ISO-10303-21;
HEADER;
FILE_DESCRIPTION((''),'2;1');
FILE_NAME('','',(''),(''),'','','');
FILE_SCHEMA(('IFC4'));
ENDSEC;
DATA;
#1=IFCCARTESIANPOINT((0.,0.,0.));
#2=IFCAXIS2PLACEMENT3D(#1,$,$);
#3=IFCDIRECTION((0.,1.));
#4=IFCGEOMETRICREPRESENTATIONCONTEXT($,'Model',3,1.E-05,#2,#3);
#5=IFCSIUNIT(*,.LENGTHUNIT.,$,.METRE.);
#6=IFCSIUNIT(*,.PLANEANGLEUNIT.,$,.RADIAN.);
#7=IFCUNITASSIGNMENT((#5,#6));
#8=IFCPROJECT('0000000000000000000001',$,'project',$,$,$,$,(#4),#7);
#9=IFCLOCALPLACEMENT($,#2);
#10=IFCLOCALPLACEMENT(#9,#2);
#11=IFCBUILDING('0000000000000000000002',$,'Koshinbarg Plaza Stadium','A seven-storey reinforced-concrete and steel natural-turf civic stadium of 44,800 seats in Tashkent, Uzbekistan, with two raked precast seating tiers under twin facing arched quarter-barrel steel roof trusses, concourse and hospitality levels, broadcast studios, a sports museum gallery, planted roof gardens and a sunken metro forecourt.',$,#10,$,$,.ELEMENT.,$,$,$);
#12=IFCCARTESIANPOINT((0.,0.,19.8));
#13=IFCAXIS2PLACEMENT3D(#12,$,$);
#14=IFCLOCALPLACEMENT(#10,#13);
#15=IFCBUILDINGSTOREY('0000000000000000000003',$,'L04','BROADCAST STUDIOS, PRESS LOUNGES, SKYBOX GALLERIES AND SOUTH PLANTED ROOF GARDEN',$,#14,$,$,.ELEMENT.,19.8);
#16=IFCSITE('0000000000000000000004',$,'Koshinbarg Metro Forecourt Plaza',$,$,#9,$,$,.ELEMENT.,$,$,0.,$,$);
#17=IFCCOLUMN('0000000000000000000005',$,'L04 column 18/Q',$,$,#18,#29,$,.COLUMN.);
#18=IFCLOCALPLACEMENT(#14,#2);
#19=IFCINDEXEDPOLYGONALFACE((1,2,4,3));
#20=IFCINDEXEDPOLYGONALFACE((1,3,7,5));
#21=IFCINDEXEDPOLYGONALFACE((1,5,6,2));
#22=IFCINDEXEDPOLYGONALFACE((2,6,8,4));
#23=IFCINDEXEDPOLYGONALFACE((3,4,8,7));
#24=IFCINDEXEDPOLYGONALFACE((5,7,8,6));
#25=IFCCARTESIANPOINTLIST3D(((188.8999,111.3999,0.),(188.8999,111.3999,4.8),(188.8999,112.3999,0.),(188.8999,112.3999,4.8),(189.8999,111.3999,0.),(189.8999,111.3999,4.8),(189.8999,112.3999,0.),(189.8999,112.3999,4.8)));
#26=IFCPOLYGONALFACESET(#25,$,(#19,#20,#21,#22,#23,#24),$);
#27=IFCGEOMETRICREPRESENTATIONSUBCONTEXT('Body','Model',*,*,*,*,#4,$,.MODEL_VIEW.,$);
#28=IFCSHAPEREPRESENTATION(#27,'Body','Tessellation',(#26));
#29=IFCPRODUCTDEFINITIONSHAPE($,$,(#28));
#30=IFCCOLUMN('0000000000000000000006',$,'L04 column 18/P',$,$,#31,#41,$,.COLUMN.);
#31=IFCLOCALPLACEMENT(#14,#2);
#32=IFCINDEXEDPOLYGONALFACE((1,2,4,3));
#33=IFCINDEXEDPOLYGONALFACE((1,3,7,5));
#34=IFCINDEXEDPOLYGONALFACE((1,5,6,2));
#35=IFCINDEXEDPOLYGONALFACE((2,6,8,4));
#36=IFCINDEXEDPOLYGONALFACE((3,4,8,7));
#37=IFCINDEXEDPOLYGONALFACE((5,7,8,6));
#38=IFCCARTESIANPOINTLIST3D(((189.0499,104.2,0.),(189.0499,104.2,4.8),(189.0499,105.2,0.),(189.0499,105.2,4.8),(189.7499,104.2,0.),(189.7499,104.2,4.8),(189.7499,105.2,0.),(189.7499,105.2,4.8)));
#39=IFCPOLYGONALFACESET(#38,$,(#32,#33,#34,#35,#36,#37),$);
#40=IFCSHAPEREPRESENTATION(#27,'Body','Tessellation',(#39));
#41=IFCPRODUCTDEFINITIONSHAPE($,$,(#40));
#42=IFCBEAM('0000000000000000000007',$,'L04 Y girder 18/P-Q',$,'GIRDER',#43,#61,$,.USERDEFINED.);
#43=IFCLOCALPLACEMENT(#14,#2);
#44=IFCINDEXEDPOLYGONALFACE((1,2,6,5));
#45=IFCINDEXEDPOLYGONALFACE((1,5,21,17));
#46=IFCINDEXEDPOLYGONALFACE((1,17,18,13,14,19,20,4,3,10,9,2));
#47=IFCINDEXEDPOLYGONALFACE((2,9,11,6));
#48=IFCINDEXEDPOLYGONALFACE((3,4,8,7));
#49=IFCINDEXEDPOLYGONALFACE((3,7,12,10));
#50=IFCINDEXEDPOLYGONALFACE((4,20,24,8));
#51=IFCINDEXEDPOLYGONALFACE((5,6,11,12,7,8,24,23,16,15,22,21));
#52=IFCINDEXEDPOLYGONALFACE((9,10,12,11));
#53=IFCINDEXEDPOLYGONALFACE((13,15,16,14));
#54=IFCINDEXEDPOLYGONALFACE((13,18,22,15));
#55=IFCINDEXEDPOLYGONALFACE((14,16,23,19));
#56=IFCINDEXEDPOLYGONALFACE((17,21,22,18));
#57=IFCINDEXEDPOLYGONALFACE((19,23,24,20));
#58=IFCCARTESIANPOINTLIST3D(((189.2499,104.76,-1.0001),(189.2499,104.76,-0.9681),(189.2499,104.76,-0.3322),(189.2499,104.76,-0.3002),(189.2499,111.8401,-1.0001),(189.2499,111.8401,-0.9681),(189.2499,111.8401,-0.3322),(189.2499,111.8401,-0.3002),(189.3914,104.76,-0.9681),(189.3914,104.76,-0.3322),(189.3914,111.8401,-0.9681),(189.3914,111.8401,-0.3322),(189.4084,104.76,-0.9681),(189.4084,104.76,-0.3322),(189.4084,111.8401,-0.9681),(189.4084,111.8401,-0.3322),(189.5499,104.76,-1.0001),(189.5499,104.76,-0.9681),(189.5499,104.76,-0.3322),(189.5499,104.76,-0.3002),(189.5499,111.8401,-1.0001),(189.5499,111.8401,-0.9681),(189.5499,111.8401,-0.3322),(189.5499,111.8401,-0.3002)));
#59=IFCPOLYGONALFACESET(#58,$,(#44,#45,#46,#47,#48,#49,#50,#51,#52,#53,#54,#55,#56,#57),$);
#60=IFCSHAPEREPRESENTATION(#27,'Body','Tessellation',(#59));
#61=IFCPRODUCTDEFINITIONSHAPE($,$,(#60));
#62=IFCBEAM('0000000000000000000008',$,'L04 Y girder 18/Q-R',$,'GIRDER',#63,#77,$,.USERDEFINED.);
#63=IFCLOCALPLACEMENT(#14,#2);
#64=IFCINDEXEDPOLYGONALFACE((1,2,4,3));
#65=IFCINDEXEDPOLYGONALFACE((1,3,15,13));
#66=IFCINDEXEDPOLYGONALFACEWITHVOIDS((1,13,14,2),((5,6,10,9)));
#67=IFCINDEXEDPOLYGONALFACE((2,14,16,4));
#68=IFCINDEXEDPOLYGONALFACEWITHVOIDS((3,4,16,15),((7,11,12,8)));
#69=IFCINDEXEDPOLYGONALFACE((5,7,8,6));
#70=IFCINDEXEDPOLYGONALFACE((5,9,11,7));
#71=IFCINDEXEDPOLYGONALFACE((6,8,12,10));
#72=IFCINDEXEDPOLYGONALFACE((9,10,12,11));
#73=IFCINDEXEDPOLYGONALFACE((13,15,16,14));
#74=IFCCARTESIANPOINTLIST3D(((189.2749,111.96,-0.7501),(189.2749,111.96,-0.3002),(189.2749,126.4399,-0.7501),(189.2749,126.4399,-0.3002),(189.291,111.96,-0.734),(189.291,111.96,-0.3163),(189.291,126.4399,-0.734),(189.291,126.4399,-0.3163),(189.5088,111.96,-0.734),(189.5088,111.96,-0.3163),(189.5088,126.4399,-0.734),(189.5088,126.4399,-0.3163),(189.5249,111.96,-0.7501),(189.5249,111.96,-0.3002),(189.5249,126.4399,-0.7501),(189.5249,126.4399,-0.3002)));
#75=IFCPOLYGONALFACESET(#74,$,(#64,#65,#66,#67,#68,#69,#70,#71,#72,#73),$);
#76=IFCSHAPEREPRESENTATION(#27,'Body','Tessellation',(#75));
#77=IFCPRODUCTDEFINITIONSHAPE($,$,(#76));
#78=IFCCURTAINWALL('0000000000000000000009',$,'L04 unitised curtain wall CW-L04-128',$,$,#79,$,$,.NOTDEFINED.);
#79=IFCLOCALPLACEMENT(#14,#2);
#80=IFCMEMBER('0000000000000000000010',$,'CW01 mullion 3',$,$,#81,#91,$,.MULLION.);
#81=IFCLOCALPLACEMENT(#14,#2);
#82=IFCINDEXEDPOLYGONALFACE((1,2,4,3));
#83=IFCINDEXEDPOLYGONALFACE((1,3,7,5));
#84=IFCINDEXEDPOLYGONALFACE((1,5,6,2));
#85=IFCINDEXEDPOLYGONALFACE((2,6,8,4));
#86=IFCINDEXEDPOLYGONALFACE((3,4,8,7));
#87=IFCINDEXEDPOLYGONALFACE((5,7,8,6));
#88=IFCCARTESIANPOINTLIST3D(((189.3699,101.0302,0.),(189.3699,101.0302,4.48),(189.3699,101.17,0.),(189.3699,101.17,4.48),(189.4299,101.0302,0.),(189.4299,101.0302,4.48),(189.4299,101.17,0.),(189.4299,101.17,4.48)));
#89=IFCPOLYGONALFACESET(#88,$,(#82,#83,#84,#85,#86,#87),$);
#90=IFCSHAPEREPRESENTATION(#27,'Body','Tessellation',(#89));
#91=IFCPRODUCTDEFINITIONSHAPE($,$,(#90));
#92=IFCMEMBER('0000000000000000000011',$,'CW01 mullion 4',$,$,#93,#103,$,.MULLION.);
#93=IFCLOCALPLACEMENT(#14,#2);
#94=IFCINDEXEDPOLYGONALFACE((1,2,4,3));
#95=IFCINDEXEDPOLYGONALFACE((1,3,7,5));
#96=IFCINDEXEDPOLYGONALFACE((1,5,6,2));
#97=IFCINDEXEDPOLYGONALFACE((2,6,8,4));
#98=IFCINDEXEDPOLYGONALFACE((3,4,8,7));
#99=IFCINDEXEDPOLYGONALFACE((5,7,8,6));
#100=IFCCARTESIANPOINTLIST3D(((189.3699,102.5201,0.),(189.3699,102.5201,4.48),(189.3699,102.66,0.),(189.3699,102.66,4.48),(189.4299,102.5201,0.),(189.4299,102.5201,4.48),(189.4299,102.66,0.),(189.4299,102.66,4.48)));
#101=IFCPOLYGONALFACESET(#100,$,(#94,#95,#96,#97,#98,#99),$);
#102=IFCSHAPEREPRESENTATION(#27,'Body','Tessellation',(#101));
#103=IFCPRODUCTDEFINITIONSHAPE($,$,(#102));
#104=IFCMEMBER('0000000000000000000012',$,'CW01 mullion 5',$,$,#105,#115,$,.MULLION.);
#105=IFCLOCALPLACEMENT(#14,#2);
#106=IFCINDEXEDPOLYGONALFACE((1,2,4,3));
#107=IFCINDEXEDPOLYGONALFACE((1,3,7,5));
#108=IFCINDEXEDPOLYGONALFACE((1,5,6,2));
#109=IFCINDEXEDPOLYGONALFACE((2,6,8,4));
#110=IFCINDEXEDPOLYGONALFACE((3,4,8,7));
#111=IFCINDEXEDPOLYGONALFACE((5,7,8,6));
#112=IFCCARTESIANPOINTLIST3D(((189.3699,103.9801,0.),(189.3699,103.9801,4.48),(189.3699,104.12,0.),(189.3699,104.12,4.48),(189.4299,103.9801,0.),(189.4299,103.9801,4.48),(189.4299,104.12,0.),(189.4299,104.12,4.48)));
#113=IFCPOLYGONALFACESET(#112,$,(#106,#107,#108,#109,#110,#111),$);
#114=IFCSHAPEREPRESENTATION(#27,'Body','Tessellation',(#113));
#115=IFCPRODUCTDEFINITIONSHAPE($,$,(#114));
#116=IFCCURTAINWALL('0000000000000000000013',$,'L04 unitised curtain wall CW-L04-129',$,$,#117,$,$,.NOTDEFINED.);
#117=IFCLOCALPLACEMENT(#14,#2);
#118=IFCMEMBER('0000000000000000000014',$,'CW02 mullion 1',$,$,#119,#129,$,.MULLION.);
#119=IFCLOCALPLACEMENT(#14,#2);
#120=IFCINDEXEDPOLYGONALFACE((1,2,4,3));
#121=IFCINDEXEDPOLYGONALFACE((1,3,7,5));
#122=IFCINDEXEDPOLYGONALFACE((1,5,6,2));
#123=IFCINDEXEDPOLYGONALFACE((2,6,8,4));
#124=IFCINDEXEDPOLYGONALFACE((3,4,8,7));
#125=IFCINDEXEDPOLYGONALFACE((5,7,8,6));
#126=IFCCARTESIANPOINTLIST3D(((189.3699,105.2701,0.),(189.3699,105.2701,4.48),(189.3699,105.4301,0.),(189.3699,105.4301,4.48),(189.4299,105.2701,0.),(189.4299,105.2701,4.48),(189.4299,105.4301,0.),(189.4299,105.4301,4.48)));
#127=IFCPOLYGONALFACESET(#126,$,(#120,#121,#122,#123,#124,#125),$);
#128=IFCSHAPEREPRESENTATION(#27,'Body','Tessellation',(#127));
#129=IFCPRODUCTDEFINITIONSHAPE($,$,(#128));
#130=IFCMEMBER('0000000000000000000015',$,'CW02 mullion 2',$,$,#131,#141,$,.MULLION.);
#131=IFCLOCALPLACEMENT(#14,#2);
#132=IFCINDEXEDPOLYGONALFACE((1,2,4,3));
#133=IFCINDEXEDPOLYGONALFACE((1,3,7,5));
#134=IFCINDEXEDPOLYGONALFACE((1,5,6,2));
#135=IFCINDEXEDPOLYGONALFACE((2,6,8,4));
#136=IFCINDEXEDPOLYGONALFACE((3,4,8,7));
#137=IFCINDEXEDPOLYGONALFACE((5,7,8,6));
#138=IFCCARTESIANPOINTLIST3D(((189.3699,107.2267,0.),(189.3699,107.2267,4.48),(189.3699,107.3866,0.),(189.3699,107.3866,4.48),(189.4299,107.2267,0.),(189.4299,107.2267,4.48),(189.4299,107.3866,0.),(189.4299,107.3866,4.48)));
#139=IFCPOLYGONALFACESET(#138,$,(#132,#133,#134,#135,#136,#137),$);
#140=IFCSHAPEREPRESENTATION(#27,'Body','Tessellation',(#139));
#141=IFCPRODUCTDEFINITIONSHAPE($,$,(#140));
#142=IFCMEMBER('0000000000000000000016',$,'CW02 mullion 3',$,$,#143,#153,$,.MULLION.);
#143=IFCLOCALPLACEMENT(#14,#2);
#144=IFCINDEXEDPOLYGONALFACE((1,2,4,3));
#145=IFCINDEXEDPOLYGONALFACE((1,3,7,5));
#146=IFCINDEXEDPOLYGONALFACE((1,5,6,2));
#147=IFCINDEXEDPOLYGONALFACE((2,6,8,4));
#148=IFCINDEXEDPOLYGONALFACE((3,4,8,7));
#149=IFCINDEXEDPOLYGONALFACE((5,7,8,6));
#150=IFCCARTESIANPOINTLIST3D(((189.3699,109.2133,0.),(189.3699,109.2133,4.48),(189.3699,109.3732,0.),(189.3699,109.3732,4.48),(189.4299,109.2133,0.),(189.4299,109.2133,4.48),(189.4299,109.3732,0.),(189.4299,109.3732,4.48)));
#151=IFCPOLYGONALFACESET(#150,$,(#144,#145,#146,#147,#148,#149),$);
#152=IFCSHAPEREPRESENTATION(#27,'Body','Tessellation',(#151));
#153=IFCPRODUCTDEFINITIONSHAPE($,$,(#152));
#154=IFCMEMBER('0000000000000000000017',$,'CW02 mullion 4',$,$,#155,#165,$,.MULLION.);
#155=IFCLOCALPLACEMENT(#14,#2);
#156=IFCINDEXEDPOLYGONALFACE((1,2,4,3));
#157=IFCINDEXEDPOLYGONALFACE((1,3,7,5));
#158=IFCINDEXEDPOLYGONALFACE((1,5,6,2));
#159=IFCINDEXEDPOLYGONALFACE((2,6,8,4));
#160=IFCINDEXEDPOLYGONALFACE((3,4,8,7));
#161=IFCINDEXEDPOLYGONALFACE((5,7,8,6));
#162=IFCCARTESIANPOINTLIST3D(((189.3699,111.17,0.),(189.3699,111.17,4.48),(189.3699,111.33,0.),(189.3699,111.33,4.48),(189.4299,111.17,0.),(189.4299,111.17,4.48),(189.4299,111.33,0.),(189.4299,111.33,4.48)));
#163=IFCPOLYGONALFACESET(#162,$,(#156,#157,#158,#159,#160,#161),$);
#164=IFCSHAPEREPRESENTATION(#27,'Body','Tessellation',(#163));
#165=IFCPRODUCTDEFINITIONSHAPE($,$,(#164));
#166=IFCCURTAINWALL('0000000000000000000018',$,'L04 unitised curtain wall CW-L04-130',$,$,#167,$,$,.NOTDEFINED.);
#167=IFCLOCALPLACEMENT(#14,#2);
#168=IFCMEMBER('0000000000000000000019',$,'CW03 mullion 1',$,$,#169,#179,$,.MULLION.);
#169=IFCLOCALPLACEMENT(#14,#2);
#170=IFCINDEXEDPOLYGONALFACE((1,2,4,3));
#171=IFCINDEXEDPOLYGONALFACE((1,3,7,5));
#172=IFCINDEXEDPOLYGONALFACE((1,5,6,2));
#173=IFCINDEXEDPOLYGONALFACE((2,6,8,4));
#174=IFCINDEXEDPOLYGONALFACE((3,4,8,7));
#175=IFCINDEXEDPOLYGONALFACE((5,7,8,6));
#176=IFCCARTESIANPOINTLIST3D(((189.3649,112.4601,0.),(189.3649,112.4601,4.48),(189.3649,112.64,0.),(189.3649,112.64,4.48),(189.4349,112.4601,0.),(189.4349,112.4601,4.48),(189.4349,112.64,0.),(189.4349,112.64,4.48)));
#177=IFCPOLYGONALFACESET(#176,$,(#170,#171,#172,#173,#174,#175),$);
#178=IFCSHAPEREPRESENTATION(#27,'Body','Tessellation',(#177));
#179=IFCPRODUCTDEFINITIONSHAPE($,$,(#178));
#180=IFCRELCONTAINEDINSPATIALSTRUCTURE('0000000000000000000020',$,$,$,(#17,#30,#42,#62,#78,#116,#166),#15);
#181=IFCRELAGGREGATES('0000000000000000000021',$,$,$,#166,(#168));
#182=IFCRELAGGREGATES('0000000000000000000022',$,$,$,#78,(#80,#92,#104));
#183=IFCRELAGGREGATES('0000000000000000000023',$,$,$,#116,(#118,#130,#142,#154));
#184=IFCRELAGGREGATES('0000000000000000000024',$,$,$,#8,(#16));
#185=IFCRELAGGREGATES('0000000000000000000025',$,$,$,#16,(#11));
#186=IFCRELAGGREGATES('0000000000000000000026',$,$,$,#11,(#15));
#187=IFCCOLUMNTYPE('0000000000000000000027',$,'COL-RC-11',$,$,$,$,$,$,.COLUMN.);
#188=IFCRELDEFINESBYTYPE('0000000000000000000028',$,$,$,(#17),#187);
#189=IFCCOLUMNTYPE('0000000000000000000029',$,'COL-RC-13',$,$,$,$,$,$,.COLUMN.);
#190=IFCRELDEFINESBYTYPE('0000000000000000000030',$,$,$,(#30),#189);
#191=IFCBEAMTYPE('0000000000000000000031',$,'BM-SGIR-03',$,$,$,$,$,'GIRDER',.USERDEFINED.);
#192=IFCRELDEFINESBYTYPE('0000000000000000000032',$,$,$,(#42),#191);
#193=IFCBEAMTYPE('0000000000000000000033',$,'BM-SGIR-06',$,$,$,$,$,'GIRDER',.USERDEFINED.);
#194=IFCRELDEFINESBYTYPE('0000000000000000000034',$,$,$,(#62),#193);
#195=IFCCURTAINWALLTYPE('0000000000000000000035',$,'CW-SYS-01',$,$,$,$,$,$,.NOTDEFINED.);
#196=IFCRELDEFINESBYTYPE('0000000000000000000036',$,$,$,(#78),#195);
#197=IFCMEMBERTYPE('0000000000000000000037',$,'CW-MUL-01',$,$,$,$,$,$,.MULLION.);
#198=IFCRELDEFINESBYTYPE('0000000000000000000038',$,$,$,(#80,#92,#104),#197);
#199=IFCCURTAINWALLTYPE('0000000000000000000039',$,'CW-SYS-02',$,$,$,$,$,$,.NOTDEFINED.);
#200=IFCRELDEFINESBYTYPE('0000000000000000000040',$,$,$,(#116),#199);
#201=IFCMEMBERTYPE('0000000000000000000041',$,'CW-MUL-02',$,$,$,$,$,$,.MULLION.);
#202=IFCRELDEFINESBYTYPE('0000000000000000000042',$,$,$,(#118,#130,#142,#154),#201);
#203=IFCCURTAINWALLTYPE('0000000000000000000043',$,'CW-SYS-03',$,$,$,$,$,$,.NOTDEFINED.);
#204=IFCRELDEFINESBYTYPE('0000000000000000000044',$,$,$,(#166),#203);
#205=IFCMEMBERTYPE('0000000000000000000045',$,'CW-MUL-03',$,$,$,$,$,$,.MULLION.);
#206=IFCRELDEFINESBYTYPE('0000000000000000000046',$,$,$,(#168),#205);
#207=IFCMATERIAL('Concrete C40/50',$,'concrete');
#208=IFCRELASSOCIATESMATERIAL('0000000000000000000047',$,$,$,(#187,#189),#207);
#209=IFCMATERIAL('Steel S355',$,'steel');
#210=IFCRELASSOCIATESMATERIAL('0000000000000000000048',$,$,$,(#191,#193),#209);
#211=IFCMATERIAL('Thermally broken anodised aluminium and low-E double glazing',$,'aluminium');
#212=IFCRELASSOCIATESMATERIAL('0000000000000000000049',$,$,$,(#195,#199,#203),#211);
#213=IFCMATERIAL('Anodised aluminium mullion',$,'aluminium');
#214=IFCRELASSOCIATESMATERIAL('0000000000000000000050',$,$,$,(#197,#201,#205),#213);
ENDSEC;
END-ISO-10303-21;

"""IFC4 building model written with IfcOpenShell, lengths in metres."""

from ifc_helpers import new_model, si_unit, direction, frame, origin, origin_2d, place, context, subcontext, project, spatial, rectangle, hollow_rectangle, i_section, extrude, material, material_profile, profile_set, type_object, element, aggregate, save


model = new_model("IFC4")

# Units and contexts
model_context = context("Model", 3, precision=1e-05, world=origin(), true_north=direction((0.0, 1.0)))
body_context = subcontext(model_context, "Body", "Model", "MODEL_VIEW")
ifc_project = project(units=[si_unit("LENGTHUNIT", "METRE"), si_unit("PLANEANGLEUNIT", "RADIAN")], contexts=[model_context])

# Site, building, storey
site_placement = place(None, origin())
site = spatial("IfcSite", under=ifc_project, at=site_placement, Name="Koshinbarg Metro Forecourt Plaza", CompositionType="ELEMENT", RefElevation=0.0)
building_placement = place(site_placement, origin())
building = spatial("IfcBuilding", under=site, at=building_placement, Name="Koshinbarg Plaza Stadium", Description="A seven-storey reinforced-concrete and steel natural-turf civic stadium of 44,800 seats in Tashkent, Uzbekistan, with two raked precast seating tiers under twin facing arched quarter-barrel steel roof trusses, concourse and hospitality levels, broadcast studios, a sports museum gallery, planted roof gardens and a sunken metro forecourt.", CompositionType="ELEMENT")
storey_placement = place(building_placement, frame((0.0, 0.0, 19.8)))
storey = spatial("IfcBuildingStorey", under=building, at=storey_placement, Name="L04", Description="BROADCAST STUDIOS, PRESS LOUNGES, SKYBOX GALLERIES AND SOUTH PLANTED ROOF GARDEN", CompositionType="ELEMENT", Elevation=19.8)

# Columns
ifc_material_1 = material(Name="Concrete C40/50", Category="concrete")
ifc_material_profile_1 = material_profile(ifc_material_1, rectangle(XDim=1.0, YDim=1.0, at=origin_2d()), Name="RC 1000x1000")
ifc_profile_set_1 = profile_set([ifc_material_profile_1], Name="Concrete C40/50")
column_type_1 = type_object("IfcColumnType", Name="COL-RC-11", PredefinedType="COLUMN", material=ifc_profile_set_1)
column_1_placement = place(storey_placement, frame((189.3999, 111.8999, 0.0), z_axis=(0.0, 0.0, 1.0), x_axis=(1.0, 0.0, 0.0)))
element("IfcColumn", 1, at=column_1_placement, inside=storey, type_object=column_type_1, Name="L04 column 18/Q", PredefinedType="COLUMN", context=body_context, shape_type="SweptSolid", body=[
    extrude(rectangle(XDim=1.0, YDim=1.0, at=origin_2d()), origin(), (0.0, 0.0, 1.0), 4.8),
])
ifc_material_profile_2 = material_profile(ifc_material_1, rectangle(XDim=0.7, YDim=1.0, at=origin_2d()), Name="RC 700x1000")
ifc_profile_set_2 = profile_set([ifc_material_profile_2], Name="Concrete C40/50")
column_type_2 = type_object("IfcColumnType", Name="COL-RC-13", PredefinedType="COLUMN", material=ifc_profile_set_2)
column_2_placement = place(storey_placement, frame((189.3999, 104.7, 0.0), z_axis=(0.0, 0.0, 1.0), x_axis=(1.0, 0.0, 0.0)))
element("IfcColumn", 2, at=column_2_placement, inside=storey, type_object=column_type_2, Name="L04 column 18/P", PredefinedType="COLUMN", context=body_context, shape_type="SweptSolid", body=[
    extrude(rectangle(XDim=0.7, YDim=1.0, at=origin_2d()), origin(), (0.0, 0.0, 1.0), 4.8),
])

# Beams
ifc_material_2 = material(Name="Steel S355", Category="steel")
ifc_material_profile_3 = material_profile(ifc_material_2, i_section(OverallWidth=0.3, OverallDepth=0.7, WebThickness=0.0171, FlangeThickness=0.032, at=origin_2d()), Name="HEB 700")
ifc_profile_set_3 = profile_set([ifc_material_profile_3], Name="Steel S355")
beam_type_1 = type_object("IfcBeamType", Name="BM-SGIR-03", ElementType="GIRDER", PredefinedType="USERDEFINED", material=ifc_profile_set_3)
beam_1_placement = place(storey_placement, frame((189.3999, 104.76, -0.6501), z_axis=(0.0, 1.0, 0.0), x_axis=(-1.0, 0.0, 0.0)))
element("IfcBeam", 3, at=beam_1_placement, inside=storey, type_object=beam_type_1, Name="L04 Y girder 18/P-Q", ObjectType="GIRDER", PredefinedType="USERDEFINED", context=body_context, shape_type="SweptSolid", body=[
    extrude(i_section(OverallWidth=0.3, OverallDepth=0.7, WebThickness=0.0171, FlangeThickness=0.032, at=origin_2d()), origin(), (0.0, 0.0, 1.0), 7.0801),
])
ifc_material_profile_4 = material_profile(ifc_material_2, hollow_rectangle(XDim=0.25, YDim=0.45, WallThickness=0.0161, at=origin_2d()), Name="RHS 450x250x16")
ifc_profile_set_4 = profile_set([ifc_material_profile_4], Name="Steel S355")
beam_type_2 = type_object("IfcBeamType", Name="BM-SGIR-06", ElementType="GIRDER", PredefinedType="USERDEFINED", material=ifc_profile_set_4)
beam_2_placement = place(storey_placement, frame((189.3999, 111.96, -0.5251), z_axis=(0.0, 1.0, 0.0), x_axis=(-1.0, 0.0, 0.0)))
element("IfcBeam", 4, at=beam_2_placement, inside=storey, type_object=beam_type_2, Name="L04 Y girder 18/Q-R", ObjectType="GIRDER", PredefinedType="USERDEFINED", context=body_context, shape_type="SweptSolid", body=[
    extrude(hollow_rectangle(XDim=0.25, YDim=0.45, WallThickness=0.0161, at=origin_2d()), origin(), (0.0, 0.0, 1.0), 14.48),
])

# Curtain walls, members
ifc_material_3 = material(Name="Thermally broken anodised aluminium and low-E double glazing", Category="aluminium")
curtain_wall_type_1 = type_object("IfcCurtainWallType", Name="CW-SYS-01", PredefinedType="NOTDEFINED", material=ifc_material_3)
curtain_wall_1_placement = place(storey_placement, origin())
curtain_wall_1 = element("IfcCurtainWall", 5, at=curtain_wall_1_placement, inside=storey, type_object=curtain_wall_type_1, Name="L04 unitised curtain wall CW-L04-128", PredefinedType="NOTDEFINED")
ifc_material_4 = material(Name="Anodised aluminium mullion", Category="aluminium")
ifc_material_profile_5 = material_profile(ifc_material_4, rectangle(XDim=0.0601, YDim=0.1399, at=origin_2d()), Name="ALU 60x140")
ifc_profile_set_5 = profile_set([ifc_material_profile_5], Name="Anodised aluminium mullion")
member_type_1 = type_object("IfcMemberType", Name="CW-MUL-01", PredefinedType="MULLION", material=ifc_profile_set_5)
member_1_placement = place(storey_placement, frame((189.3999, 101.1001, 0.0), z_axis=(0.0, 0.0, 1.0), x_axis=(-1.0, 0.0, 0.0)))
member_1 = element("IfcMember", 6, at=member_1_placement, type_object=member_type_1, Name="CW01 mullion 3", PredefinedType="MULLION", context=body_context, shape_type="SweptSolid", body=[
    extrude(rectangle(XDim=0.0601, YDim=0.1399, at=origin_2d()), origin(), (0.0, 0.0, 1.0), 4.48),
])
member_2_placement = place(storey_placement, frame((189.3999, 102.5901, 0.0), z_axis=(0.0, 0.0, 1.0), x_axis=(-1.0, 0.0, 0.0)))
member_2 = element("IfcMember", 7, at=member_2_placement, type_object=member_type_1, Name="CW01 mullion 4", PredefinedType="MULLION", context=body_context, shape_type="SweptSolid", body=[
    extrude(rectangle(XDim=0.0601, YDim=0.1399, at=origin_2d()), origin(), (0.0, 0.0, 1.0), 4.48),
])
member_3_placement = place(storey_placement, frame((189.3999, 104.05, 0.0), z_axis=(0.0, 0.0, 1.0), x_axis=(-1.0, 0.0, 0.0)))
member_3 = element("IfcMember", 8, at=member_3_placement, type_object=member_type_1, Name="CW01 mullion 5", PredefinedType="MULLION", context=body_context, shape_type="SweptSolid", body=[
    extrude(rectangle(XDim=0.0601, YDim=0.1399, at=origin_2d()), origin(), (0.0, 0.0, 1.0), 4.48),
])
curtain_wall_type_2 = type_object("IfcCurtainWallType", Name="CW-SYS-02", PredefinedType="NOTDEFINED", material=ifc_material_3)
curtain_wall_2_placement = place(storey_placement, origin())
curtain_wall_2 = element("IfcCurtainWall", 9, at=curtain_wall_2_placement, inside=storey, type_object=curtain_wall_type_2, Name="L04 unitised curtain wall CW-L04-129", PredefinedType="NOTDEFINED")
ifc_material_profile_6 = material_profile(ifc_material_4, rectangle(XDim=0.0601, YDim=0.1599, at=origin_2d()), Name="ALU 60x160")
ifc_profile_set_6 = profile_set([ifc_material_profile_6], Name="Anodised aluminium mullion")
member_type_2 = type_object("IfcMemberType", Name="CW-MUL-02", PredefinedType="MULLION", material=ifc_profile_set_6)
member_4_placement = place(storey_placement, frame((189.3999, 105.3501, 0.0), z_axis=(0.0, 0.0, 1.0), x_axis=(-1.0, 0.0, 0.0)))
member_4 = element("IfcMember", 10, at=member_4_placement, type_object=member_type_2, Name="CW02 mullion 1", PredefinedType="MULLION", context=body_context, shape_type="SweptSolid", body=[
    extrude(rectangle(XDim=0.0601, YDim=0.1599, at=origin_2d()), origin(), (0.0, 0.0, 1.0), 4.48),
])
member_5_placement = place(storey_placement, frame((189.3999, 107.3066, 0.0), z_axis=(0.0, 0.0, 1.0), x_axis=(-1.0, 0.0, 0.0)))
member_5 = element("IfcMember", 11, at=member_5_placement, type_object=member_type_2, Name="CW02 mullion 2", PredefinedType="MULLION", context=body_context, shape_type="SweptSolid", body=[
    extrude(rectangle(XDim=0.0601, YDim=0.1599, at=origin_2d()), origin(), (0.0, 0.0, 1.0), 4.48),
])
member_6_placement = place(storey_placement, frame((189.3999, 109.2932, 0.0), z_axis=(0.0, 0.0, 1.0), x_axis=(-1.0, 0.0, 0.0)))
member_6 = element("IfcMember", 12, at=member_6_placement, type_object=member_type_2, Name="CW02 mullion 3", PredefinedType="MULLION", context=body_context, shape_type="SweptSolid", body=[
    extrude(rectangle(XDim=0.0601, YDim=0.1599, at=origin_2d()), origin(), (0.0, 0.0, 1.0), 4.48),
])
member_7_placement = place(storey_placement, frame((189.3999, 111.25, 0.0), z_axis=(0.0, 0.0, 1.0), x_axis=(-1.0, 0.0, 0.0)))
member_7 = element("IfcMember", 13, at=member_7_placement, type_object=member_type_2, Name="CW02 mullion 4", PredefinedType="MULLION", context=body_context, shape_type="SweptSolid", body=[
    extrude(rectangle(XDim=0.0601, YDim=0.1599, at=origin_2d()), origin(), (0.0, 0.0, 1.0), 4.48),
])

# Curtain wall, member
curtain_wall_type_3 = type_object("IfcCurtainWallType", Name="CW-SYS-03", PredefinedType="NOTDEFINED", material=ifc_material_3)
curtain_wall_3_placement = place(storey_placement, origin())
curtain_wall_3 = element("IfcCurtainWall", 14, at=curtain_wall_3_placement, inside=storey, type_object=curtain_wall_type_3, Name="L04 unitised curtain wall CW-L04-130", PredefinedType="NOTDEFINED")
ifc_material_profile_7 = material_profile(ifc_material_4, rectangle(XDim=0.0701, YDim=0.1799, at=origin_2d()), Name="ALU 70x180")
ifc_profile_set_7 = profile_set([ifc_material_profile_7], Name="Anodised aluminium mullion")
member_type_3 = type_object("IfcMemberType", Name="CW-MUL-03", PredefinedType="MULLION", material=ifc_profile_set_7)
member_8_placement = place(storey_placement, frame((189.3999, 112.55, 0.0), z_axis=(0.0, 0.0, 1.0), x_axis=(-1.0, 0.0, 0.0)))
member_8 = element("IfcMember", 15, at=member_8_placement, type_object=member_type_3, Name="CW03 mullion 1", PredefinedType="MULLION", context=body_context, shape_type="SweptSolid", body=[
    extrude(rectangle(XDim=0.0701, YDim=0.1799, at=origin_2d()), origin(), (0.0, 0.0, 1.0), 4.48),
])
aggregate(curtain_wall_3, [member_8])

aggregate(curtain_wall_1, [member_1, member_2, member_3])
aggregate(curtain_wall_2, [member_4, member_5, member_6, member_7])

save(model, "model.ifc")
